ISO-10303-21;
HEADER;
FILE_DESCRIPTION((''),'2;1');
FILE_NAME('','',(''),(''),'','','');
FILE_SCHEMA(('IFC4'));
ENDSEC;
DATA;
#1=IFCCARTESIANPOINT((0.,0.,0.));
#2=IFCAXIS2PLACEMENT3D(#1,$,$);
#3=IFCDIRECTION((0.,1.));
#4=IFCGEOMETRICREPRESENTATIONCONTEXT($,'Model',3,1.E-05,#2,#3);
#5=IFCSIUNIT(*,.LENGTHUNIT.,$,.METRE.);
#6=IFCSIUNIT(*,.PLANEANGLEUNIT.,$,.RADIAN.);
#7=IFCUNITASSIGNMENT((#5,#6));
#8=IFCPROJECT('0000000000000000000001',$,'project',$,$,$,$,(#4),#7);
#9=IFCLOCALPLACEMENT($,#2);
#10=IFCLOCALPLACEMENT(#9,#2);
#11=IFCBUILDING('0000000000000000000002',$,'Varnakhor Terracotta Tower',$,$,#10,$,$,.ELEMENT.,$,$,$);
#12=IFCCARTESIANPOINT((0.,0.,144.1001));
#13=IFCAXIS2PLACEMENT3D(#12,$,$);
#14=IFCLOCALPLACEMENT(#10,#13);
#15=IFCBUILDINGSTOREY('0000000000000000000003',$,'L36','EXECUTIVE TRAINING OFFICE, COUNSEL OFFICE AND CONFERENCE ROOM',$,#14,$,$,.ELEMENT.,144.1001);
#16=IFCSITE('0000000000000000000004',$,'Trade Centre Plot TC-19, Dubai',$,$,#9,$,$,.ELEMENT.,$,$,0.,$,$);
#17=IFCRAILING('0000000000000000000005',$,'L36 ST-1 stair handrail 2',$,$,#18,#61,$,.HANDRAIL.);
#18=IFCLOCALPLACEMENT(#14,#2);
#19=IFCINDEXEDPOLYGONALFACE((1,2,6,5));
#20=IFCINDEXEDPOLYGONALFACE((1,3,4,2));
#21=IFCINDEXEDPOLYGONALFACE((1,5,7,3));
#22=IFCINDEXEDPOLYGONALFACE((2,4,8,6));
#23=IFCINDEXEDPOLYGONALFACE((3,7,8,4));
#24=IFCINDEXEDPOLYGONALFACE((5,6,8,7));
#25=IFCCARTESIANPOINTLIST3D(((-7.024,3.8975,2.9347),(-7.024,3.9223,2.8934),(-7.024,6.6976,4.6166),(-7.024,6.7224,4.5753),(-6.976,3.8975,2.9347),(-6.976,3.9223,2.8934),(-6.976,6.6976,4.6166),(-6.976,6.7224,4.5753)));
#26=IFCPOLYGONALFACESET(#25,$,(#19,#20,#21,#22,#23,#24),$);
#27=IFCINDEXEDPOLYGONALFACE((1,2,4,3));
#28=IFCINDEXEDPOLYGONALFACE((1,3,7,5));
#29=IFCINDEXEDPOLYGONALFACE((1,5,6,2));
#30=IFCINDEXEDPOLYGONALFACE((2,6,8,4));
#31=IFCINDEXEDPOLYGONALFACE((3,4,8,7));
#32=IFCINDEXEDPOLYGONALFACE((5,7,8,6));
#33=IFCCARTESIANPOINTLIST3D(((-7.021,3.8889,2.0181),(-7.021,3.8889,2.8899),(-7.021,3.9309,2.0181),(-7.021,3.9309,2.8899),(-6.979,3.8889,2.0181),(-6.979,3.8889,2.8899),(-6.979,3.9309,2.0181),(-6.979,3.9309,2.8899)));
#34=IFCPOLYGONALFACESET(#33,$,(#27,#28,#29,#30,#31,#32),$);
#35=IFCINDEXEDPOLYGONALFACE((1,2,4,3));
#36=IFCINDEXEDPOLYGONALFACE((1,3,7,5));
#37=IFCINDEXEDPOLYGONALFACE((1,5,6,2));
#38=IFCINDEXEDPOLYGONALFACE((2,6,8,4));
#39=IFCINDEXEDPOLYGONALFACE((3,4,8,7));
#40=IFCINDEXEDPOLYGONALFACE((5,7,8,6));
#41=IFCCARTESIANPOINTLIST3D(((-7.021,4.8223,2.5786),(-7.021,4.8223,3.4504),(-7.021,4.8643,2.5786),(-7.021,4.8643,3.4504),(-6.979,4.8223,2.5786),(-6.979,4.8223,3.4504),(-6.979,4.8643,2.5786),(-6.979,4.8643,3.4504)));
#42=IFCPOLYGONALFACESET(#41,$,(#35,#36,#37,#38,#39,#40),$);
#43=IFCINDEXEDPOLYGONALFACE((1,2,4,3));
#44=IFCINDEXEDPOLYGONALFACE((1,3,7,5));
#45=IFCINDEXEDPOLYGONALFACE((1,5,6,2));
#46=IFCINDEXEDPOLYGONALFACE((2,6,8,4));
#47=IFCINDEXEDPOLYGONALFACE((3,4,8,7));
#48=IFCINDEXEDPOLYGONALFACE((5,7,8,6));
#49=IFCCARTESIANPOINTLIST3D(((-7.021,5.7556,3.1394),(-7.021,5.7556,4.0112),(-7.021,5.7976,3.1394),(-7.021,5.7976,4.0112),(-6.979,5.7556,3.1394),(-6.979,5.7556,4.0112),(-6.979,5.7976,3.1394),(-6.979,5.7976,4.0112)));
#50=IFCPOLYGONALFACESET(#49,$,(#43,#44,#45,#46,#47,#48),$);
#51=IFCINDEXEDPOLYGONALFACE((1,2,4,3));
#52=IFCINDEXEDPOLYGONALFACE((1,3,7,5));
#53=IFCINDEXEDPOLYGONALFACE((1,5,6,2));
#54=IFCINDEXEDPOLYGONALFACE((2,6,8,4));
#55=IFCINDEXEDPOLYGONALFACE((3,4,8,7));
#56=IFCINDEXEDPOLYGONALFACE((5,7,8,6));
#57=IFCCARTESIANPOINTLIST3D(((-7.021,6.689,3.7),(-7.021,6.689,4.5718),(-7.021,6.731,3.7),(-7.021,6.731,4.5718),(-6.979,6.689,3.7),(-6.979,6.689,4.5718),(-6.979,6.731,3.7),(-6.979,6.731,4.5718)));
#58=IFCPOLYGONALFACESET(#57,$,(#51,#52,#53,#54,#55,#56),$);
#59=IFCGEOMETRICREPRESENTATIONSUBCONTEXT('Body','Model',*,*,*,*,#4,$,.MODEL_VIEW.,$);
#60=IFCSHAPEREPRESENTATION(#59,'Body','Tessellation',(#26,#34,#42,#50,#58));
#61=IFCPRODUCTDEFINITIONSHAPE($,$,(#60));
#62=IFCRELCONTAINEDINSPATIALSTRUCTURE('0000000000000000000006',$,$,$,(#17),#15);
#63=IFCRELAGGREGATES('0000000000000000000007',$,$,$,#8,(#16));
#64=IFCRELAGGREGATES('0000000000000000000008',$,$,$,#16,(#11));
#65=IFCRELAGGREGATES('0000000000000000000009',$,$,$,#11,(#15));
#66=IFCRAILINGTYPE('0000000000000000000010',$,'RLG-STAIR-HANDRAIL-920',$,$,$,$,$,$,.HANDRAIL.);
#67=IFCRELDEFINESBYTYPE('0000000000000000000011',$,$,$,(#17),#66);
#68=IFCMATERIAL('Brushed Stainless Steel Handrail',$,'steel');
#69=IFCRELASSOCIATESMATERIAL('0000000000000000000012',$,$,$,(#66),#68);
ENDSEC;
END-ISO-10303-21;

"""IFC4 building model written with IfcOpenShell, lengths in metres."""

from ifc_helpers import new_model, si_unit, direction, frame, origin, origin_2d, place, context, subcontext, project, spatial, rectangle, extrude, material, type_object, element, save


model = new_model("IFC4")

# Units and contexts
model_context = context("Model", 3, precision=1e-05, world=origin(), true_north=direction((0.0, 1.0)))
body_context = subcontext(model_context, "Body", "Model", "MODEL_VIEW")
ifc_project = project(units=[si_unit("LENGTHUNIT", "METRE"), si_unit("PLANEANGLEUNIT", "RADIAN")], contexts=[model_context])

# Site, building, storey
site_placement = place(None, origin())
site = spatial("IfcSite", under=ifc_project, at=site_placement, Name="Trade Centre Plot TC-19, Dubai", CompositionType="ELEMENT", RefElevation=0.0)
building_placement = place(site_placement, origin())
building = spatial("IfcBuilding", under=site, at=building_placement, Name="Varnakhor Terracotta Tower", CompositionType="ELEMENT")
storey_placement = place(building_placement, frame((0.0, 0.0, 144.1001)))
storey = spatial("IfcBuildingStorey", under=building, at=storey_placement, Name="L36", Description="EXECUTIVE TRAINING OFFICE, COUNSEL OFFICE AND CONFERENCE ROOM", CompositionType="ELEMENT", Elevation=144.1001)

# Railing
ifc_material_1 = material(Name="Brushed Stainless Steel Handrail", Category="steel")
railing_type_1 = type_object("IfcRailingType", Name="RLG-STAIR-HANDRAIL-920", PredefinedType="HANDRAIL", material=ifc_material_1)
railing_1_placement = place(storey_placement, frame((-7.0, 3.9099, 2.0181)))
element("IfcRailing", 1, at=railing_1_placement, inside=storey, type_object=railing_type_1, Name="L36 ST-1 stair handrail 2", PredefinedType="HANDRAIL", context=body_context, shape_type="SweptSolid", body=[
    extrude(rectangle(XDim=0.0481, YDim=0.0481, at=origin_2d()), frame((0.0, 0.0, 0.896), z_axis=(0.0, 0.857242, 0.514913), x_axis=(-1.0, 0.0, 0.0)), (0.0, 0.0, 1.0), 3.2664),
    extrude(rectangle(XDim=0.042, YDim=0.042, at=origin_2d()), origin(), (0.0, 0.0, 1.0), 0.8718),
    extrude(rectangle(XDim=0.042, YDim=0.042, at=origin_2d()), frame((0.0, 0.9333, 0.5605)), (0.0, 0.0, 1.0), 0.8718),
    extrude(rectangle(XDim=0.042, YDim=0.042, at=origin_2d()), frame((0.0, 1.8667, 1.1213)), (0.0, 0.0, 1.0), 0.8718),
    extrude(rectangle(XDim=0.042, YDim=0.042, at=origin_2d()), frame((0.0, 2.8, 1.6819)), (0.0, 0.0, 1.0), 0.8718),
])

save(model, "model.ifc")
